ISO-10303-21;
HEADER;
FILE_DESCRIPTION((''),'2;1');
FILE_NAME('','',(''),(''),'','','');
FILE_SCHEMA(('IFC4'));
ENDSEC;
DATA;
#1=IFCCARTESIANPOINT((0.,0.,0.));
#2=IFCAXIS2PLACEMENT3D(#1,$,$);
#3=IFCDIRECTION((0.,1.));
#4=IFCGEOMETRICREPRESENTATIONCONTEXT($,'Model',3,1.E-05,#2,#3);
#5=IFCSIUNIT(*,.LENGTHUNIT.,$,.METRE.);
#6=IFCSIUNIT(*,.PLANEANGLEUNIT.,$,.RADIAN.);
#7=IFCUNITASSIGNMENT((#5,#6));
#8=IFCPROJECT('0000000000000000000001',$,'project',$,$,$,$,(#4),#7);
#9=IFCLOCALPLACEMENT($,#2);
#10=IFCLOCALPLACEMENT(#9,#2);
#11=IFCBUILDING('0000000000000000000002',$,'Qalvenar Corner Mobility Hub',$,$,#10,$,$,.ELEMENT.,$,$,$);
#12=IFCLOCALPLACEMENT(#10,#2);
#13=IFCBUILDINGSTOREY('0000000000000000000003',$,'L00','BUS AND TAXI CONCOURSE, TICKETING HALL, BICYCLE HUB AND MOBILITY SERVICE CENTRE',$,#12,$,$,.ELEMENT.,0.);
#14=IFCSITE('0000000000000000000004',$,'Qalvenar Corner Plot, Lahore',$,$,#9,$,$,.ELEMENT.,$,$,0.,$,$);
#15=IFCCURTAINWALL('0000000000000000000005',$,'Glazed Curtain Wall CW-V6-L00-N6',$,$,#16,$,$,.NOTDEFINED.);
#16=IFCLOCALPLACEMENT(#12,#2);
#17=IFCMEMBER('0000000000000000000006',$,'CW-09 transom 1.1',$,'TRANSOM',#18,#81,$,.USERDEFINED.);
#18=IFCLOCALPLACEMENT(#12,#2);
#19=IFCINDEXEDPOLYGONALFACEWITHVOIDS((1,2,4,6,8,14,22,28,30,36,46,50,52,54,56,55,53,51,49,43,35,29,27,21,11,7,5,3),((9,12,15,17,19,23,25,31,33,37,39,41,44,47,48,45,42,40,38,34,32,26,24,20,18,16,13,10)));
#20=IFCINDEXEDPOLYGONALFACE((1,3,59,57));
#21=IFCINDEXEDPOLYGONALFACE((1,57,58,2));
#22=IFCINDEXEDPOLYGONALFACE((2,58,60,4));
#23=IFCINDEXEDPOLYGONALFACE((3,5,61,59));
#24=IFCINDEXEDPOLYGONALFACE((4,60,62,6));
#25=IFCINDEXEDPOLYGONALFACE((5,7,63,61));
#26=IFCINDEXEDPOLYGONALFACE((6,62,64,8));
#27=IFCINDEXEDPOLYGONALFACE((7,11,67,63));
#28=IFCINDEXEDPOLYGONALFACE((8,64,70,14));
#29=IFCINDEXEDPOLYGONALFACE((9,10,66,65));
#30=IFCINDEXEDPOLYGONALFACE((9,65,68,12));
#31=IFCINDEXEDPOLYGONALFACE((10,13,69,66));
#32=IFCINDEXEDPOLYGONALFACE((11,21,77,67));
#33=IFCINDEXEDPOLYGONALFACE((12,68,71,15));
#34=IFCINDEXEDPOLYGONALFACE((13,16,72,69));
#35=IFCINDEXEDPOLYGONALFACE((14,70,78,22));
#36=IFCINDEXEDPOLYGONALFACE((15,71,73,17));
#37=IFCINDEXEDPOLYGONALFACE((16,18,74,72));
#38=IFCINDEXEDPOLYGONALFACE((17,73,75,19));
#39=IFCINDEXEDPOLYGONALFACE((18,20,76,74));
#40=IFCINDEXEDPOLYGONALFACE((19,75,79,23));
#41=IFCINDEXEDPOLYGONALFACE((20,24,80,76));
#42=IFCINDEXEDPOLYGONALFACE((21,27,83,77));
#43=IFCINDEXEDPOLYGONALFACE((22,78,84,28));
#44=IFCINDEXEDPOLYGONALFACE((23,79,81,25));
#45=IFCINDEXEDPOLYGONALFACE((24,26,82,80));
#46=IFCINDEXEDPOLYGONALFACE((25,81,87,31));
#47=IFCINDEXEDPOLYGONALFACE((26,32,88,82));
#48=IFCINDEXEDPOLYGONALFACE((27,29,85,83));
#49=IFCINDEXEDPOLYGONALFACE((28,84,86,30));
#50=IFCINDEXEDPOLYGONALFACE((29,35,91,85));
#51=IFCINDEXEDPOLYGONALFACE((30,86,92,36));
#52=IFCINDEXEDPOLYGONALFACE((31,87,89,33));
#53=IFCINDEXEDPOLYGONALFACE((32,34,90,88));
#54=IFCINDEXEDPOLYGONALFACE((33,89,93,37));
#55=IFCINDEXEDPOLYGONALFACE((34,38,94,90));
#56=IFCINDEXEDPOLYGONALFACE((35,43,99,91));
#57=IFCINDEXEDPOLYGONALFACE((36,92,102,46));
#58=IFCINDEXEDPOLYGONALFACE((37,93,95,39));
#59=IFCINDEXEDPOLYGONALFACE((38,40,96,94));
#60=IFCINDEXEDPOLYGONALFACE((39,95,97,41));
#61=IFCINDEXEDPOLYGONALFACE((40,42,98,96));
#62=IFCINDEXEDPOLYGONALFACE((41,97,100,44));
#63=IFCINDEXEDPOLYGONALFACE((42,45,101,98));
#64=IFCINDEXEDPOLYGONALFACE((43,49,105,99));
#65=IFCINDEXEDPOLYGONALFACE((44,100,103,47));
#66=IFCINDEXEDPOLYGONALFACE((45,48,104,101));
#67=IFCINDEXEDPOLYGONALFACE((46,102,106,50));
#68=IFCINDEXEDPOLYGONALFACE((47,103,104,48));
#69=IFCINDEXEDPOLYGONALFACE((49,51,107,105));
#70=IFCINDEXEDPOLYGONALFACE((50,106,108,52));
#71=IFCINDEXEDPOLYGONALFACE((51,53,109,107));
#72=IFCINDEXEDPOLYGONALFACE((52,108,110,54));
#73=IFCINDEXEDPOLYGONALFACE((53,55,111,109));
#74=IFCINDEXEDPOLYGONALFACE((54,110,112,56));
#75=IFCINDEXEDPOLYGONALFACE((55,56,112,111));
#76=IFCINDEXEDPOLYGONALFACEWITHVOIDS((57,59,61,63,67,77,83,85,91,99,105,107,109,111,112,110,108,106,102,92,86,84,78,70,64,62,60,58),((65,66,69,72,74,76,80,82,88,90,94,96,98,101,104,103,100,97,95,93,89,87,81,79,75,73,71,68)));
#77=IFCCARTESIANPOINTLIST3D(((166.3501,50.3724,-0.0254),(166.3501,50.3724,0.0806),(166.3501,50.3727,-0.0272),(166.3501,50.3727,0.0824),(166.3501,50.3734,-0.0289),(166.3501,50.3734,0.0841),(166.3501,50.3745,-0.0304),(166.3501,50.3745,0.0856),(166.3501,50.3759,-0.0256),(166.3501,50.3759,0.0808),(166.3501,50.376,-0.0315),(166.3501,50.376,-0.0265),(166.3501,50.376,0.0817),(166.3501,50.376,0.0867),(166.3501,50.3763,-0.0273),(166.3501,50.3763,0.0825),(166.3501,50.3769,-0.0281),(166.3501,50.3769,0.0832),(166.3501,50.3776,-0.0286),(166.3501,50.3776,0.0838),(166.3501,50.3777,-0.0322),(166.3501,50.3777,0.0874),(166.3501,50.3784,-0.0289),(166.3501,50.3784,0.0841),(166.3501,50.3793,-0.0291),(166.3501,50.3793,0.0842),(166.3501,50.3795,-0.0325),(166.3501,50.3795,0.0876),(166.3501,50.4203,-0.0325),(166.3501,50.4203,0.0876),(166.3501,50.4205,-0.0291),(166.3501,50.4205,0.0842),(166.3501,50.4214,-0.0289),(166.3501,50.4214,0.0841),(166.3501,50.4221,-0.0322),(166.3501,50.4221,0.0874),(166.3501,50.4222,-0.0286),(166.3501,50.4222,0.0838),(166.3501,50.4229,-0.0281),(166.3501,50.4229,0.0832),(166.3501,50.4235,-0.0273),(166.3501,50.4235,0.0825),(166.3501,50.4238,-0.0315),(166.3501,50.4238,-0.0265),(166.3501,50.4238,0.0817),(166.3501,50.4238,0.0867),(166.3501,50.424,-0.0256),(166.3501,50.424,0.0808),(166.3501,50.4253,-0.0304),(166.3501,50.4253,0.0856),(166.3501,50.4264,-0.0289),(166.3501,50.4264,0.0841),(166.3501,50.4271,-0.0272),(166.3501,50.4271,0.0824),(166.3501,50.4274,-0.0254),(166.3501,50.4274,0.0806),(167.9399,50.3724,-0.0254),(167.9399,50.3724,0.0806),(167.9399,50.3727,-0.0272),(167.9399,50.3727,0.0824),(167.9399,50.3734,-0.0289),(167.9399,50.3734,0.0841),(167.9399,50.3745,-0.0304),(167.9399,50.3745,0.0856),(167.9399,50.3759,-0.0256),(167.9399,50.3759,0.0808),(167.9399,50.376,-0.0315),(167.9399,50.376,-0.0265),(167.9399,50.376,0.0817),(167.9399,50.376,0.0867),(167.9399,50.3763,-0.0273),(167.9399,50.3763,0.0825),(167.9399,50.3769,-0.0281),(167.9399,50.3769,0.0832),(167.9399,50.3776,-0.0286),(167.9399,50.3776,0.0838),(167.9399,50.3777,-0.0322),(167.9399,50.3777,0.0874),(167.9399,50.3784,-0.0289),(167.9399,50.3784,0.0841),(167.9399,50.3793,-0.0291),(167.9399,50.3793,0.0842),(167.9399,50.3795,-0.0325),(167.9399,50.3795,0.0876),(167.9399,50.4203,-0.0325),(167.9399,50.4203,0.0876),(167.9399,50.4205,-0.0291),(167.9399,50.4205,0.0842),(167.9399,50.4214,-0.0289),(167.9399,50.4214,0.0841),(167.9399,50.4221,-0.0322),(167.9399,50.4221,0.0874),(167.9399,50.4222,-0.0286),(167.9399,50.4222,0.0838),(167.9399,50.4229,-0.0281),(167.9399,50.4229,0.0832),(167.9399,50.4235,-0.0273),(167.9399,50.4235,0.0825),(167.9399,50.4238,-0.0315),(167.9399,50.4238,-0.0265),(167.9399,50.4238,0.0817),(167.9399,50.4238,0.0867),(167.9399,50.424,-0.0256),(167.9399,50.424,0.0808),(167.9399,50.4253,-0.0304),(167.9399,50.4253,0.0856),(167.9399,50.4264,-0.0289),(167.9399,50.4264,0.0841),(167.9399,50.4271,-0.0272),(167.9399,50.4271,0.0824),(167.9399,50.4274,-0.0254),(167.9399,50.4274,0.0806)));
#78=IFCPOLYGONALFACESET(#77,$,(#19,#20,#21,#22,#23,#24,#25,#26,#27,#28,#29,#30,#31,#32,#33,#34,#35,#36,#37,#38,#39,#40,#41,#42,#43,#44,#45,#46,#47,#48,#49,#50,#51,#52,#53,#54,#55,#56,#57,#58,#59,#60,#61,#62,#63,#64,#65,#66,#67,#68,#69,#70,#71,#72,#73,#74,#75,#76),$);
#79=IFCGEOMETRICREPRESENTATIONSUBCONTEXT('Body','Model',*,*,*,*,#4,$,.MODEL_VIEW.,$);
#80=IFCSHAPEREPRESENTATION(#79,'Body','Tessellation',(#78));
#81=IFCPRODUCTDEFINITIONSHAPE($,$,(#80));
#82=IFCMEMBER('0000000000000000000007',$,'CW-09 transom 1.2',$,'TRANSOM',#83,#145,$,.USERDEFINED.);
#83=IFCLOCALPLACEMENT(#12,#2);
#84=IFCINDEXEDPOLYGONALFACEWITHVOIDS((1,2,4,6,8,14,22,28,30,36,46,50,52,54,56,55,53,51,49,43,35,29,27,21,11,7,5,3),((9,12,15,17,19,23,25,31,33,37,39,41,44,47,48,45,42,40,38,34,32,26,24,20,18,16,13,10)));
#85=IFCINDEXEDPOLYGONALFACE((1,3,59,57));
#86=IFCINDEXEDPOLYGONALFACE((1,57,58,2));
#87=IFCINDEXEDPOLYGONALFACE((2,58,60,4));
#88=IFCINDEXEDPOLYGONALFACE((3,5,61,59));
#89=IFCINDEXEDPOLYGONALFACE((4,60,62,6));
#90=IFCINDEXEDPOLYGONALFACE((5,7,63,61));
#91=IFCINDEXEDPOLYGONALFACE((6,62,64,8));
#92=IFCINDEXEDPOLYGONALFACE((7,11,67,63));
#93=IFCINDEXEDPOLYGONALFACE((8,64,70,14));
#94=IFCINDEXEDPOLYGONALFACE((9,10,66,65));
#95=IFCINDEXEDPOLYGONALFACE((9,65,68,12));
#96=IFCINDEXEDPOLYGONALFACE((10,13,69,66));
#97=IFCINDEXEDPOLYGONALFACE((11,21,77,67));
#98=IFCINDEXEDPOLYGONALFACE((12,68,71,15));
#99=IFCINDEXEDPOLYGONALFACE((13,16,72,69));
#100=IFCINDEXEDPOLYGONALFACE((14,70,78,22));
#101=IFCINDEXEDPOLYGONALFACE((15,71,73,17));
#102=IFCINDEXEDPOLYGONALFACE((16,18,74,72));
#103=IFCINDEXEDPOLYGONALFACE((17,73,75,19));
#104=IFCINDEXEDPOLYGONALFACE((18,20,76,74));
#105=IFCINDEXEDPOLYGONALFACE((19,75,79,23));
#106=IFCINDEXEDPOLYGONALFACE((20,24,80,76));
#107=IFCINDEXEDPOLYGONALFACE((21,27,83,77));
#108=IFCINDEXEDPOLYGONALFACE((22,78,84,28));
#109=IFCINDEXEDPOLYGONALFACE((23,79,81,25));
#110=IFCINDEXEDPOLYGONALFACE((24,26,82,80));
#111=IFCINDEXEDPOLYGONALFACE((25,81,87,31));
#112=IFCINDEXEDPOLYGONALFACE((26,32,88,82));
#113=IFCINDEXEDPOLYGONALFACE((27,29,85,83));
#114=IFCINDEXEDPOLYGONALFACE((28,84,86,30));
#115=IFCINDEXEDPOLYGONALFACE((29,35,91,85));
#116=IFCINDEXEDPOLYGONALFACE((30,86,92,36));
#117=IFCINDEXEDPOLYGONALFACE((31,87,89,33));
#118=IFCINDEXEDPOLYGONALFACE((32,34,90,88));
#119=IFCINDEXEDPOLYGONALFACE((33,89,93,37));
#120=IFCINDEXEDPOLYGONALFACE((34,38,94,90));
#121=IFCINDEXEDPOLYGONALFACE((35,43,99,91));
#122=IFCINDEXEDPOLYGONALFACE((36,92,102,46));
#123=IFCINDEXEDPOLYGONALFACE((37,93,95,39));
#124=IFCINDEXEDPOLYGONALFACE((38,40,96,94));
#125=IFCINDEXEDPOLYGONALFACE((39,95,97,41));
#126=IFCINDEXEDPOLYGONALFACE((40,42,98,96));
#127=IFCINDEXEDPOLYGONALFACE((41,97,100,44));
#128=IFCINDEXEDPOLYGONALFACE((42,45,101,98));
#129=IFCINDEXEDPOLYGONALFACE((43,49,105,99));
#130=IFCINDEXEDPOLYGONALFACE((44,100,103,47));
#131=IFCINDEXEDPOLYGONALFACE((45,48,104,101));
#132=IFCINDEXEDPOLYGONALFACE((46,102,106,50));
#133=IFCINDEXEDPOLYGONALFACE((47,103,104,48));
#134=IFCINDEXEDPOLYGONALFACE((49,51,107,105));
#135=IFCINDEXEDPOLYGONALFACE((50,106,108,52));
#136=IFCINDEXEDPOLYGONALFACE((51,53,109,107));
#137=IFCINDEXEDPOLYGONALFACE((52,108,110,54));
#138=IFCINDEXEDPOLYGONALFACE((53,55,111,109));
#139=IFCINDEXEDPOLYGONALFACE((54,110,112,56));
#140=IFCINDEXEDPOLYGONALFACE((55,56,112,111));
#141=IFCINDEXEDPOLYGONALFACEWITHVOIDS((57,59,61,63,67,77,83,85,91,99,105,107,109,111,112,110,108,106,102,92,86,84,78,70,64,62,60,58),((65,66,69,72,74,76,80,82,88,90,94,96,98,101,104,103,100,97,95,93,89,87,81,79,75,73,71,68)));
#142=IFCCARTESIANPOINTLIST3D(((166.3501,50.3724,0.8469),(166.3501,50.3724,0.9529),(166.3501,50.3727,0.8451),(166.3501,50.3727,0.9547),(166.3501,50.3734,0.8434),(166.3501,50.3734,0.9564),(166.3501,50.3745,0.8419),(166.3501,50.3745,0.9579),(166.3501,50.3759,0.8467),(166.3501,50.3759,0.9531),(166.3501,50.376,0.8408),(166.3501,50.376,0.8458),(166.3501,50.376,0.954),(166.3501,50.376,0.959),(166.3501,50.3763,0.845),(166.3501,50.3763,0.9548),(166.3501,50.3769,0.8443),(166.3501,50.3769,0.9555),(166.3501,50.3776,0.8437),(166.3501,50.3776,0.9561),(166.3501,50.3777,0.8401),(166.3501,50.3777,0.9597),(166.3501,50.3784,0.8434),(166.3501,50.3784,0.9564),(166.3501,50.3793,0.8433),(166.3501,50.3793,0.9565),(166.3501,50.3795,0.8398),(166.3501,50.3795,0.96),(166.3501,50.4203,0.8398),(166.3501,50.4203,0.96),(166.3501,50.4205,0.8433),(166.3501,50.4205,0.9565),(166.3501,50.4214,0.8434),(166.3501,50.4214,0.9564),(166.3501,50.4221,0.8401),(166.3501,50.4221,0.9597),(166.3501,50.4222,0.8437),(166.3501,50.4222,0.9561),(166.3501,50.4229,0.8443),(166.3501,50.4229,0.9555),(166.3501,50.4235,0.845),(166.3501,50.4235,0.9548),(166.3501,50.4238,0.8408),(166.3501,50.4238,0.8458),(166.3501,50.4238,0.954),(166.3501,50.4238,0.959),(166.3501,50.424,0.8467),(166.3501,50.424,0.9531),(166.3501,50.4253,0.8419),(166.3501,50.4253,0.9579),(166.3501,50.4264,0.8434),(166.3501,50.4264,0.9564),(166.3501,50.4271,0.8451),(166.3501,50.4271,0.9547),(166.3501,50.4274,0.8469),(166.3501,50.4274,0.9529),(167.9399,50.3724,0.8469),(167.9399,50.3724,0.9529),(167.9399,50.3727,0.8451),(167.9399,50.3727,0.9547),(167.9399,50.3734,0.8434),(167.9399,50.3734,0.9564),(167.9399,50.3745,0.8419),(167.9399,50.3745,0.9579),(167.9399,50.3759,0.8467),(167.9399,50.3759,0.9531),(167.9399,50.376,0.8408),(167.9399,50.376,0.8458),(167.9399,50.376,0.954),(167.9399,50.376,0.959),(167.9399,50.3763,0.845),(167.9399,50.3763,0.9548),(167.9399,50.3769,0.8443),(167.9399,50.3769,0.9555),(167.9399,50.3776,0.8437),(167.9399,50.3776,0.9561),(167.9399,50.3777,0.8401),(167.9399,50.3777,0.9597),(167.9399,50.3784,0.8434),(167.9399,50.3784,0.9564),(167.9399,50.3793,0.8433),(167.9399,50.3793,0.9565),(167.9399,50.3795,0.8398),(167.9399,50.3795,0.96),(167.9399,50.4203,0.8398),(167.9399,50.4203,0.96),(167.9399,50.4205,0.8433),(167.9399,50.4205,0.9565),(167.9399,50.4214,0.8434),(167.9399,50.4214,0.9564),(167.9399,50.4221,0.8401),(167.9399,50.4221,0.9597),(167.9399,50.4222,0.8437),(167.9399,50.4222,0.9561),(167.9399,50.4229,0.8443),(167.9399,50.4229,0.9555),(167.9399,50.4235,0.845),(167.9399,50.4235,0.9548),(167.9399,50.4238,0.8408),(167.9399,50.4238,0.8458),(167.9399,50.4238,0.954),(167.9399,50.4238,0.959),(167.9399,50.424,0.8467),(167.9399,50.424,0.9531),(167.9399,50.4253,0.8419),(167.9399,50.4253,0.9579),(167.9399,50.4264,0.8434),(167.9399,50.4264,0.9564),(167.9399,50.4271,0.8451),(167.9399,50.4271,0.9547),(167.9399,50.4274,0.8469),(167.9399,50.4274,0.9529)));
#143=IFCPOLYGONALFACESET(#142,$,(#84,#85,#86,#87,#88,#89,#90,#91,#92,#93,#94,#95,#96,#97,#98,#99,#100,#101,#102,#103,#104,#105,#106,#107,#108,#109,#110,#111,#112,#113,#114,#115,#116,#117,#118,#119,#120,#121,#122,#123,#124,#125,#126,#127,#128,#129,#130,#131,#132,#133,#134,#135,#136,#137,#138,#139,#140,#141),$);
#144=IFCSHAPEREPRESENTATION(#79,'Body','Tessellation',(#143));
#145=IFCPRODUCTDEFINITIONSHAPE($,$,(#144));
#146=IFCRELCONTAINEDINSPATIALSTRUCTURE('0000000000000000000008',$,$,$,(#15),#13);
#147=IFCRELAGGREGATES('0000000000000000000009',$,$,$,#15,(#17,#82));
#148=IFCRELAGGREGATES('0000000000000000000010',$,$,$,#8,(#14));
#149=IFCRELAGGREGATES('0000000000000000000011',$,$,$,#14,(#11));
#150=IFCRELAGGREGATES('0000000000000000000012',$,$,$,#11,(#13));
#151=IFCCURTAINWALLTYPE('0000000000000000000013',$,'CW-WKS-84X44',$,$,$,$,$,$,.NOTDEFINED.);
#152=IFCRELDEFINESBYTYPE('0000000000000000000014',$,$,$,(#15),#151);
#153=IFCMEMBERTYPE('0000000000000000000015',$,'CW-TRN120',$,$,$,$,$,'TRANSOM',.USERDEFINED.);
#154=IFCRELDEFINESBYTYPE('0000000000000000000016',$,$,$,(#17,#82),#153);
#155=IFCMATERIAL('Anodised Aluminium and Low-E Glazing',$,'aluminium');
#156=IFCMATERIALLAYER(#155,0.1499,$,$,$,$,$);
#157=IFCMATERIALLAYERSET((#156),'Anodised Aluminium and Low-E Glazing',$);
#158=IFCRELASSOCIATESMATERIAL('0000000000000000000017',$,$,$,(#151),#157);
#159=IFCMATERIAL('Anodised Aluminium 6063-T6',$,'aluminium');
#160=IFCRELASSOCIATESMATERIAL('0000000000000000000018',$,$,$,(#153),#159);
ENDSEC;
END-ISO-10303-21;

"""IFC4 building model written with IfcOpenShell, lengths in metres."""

from ifc_helpers import new_model, si_unit, direction, frame, origin, origin_2d, place, context, subcontext, project, spatial, hollow_rectangle, extrude, material, layer, layer_set, material_profile, profile_set, type_object, element, aggregate, save


model = new_model("IFC4")

# Units and contexts
model_context = context("Model", 3, precision=1e-05, world=origin(), true_north=direction((0.0, 1.0)))
body_context = subcontext(model_context, "Body", "Model", "MODEL_VIEW")
ifc_project = project(units=[si_unit("LENGTHUNIT", "METRE"), si_unit("PLANEANGLEUNIT", "RADIAN")], contexts=[model_context])

# Site, building, storey
site_placement = place(None, origin())
site = spatial("IfcSite", under=ifc_project, at=site_placement, Name="Qalvenar Corner Plot, Lahore", CompositionType="ELEMENT", RefElevation=0.0)
building_placement = place(site_placement, origin())
building = spatial("IfcBuilding", under=site, at=building_placement, Name="Qalvenar Corner Mobility Hub", CompositionType="ELEMENT")
storey_placement = place(building_placement, origin())
storey = spatial("IfcBuildingStorey", under=building, at=storey_placement, Name="L00", Description="BUS AND TAXI CONCOURSE, TICKETING HALL, BICYCLE HUB AND MOBILITY SERVICE CENTRE", CompositionType="ELEMENT", Elevation=0.0)

# Curtain wall, members
ifc_material_1 = material(Name="Anodised Aluminium and Low-E Glazing", Category="aluminium")
ifc_layer_1 = layer(ifc_material_1, 0.1499)
ifc_layer_set_1 = layer_set([ifc_layer_1], Name="Anodised Aluminium and Low-E Glazing")
curtain_wall_type = type_object("IfcCurtainWallType", Name="CW-WKS-84X44", PredefinedType="NOTDEFINED", material=ifc_layer_set_1)
curtain_wall_placement = place(storey_placement, origin())
curtain_wall = element("IfcCurtainWall", 1, at=curtain_wall_placement, inside=storey, type_object=curtain_wall_type, Name="Glazed Curtain Wall CW-V6-L00-N6", PredefinedType="NOTDEFINED")
ifc_material_2 = material(Name="Anodised Aluminium 6063-T6", Category="aluminium")
ifc_material_profile_1 = material_profile(ifc_material_2, hollow_rectangle(XDim=0.0549, YDim=0.1201, WallThickness=0.0034, InnerFilletRadius=0.0034, OuterFilletRadius=0.0071, at=origin_2d()), Name="RHS120x55x3.5")
ifc_profile_set_1 = profile_set([ifc_material_profile_1], Name="Anodised Aluminium 6063-T6")
member_type_1 = type_object("IfcMemberType", Name="CW-TRN120", ElementType="TRANSOM", PredefinedType="USERDEFINED", material=ifc_profile_set_1)
member_1_placement = place(storey_placement, frame((167.9399, 50.3999, 0.0276), z_axis=(-1.0, 0.0, 0.0), x_axis=(0.0, -1.0, 0.0)))
member_1 = element("IfcMember", 2, at=member_1_placement, type_object=member_type_1, Name="CW-09 transom 1.1", ObjectType="TRANSOM", PredefinedType="USERDEFINED", context=body_context, shape_type="SweptSolid", body=[
    extrude(hollow_rectangle(XDim=0.0549, YDim=0.1201, WallThickness=0.0034, InnerFilletRadius=0.0034, OuterFilletRadius=0.0071, at=origin_2d()), origin(), (0.0, 0.0, 1.0), 1.5898),
])
member_2_placement = place(storey_placement, frame((167.9399, 50.3999, 0.8999), z_axis=(-1.0, 0.0, 0.0), x_axis=(0.0, -1.0, 0.0)))
member_2 = element("IfcMember", 3, at=member_2_placement, type_object=member_type_1, Name="CW-09 transom 1.2", ObjectType="TRANSOM", PredefinedType="USERDEFINED", context=body_context, shape_type="SweptSolid", body=[
    extrude(hollow_rectangle(XDim=0.0549, YDim=0.1201, WallThickness=0.0034, InnerFilletRadius=0.0034, OuterFilletRadius=0.0071, at=origin_2d()), origin(), (0.0, 0.0, 1.0), 1.5898),
])
aggregate(curtain_wall, [member_1, member_2])

save(model, "model.ifc")
